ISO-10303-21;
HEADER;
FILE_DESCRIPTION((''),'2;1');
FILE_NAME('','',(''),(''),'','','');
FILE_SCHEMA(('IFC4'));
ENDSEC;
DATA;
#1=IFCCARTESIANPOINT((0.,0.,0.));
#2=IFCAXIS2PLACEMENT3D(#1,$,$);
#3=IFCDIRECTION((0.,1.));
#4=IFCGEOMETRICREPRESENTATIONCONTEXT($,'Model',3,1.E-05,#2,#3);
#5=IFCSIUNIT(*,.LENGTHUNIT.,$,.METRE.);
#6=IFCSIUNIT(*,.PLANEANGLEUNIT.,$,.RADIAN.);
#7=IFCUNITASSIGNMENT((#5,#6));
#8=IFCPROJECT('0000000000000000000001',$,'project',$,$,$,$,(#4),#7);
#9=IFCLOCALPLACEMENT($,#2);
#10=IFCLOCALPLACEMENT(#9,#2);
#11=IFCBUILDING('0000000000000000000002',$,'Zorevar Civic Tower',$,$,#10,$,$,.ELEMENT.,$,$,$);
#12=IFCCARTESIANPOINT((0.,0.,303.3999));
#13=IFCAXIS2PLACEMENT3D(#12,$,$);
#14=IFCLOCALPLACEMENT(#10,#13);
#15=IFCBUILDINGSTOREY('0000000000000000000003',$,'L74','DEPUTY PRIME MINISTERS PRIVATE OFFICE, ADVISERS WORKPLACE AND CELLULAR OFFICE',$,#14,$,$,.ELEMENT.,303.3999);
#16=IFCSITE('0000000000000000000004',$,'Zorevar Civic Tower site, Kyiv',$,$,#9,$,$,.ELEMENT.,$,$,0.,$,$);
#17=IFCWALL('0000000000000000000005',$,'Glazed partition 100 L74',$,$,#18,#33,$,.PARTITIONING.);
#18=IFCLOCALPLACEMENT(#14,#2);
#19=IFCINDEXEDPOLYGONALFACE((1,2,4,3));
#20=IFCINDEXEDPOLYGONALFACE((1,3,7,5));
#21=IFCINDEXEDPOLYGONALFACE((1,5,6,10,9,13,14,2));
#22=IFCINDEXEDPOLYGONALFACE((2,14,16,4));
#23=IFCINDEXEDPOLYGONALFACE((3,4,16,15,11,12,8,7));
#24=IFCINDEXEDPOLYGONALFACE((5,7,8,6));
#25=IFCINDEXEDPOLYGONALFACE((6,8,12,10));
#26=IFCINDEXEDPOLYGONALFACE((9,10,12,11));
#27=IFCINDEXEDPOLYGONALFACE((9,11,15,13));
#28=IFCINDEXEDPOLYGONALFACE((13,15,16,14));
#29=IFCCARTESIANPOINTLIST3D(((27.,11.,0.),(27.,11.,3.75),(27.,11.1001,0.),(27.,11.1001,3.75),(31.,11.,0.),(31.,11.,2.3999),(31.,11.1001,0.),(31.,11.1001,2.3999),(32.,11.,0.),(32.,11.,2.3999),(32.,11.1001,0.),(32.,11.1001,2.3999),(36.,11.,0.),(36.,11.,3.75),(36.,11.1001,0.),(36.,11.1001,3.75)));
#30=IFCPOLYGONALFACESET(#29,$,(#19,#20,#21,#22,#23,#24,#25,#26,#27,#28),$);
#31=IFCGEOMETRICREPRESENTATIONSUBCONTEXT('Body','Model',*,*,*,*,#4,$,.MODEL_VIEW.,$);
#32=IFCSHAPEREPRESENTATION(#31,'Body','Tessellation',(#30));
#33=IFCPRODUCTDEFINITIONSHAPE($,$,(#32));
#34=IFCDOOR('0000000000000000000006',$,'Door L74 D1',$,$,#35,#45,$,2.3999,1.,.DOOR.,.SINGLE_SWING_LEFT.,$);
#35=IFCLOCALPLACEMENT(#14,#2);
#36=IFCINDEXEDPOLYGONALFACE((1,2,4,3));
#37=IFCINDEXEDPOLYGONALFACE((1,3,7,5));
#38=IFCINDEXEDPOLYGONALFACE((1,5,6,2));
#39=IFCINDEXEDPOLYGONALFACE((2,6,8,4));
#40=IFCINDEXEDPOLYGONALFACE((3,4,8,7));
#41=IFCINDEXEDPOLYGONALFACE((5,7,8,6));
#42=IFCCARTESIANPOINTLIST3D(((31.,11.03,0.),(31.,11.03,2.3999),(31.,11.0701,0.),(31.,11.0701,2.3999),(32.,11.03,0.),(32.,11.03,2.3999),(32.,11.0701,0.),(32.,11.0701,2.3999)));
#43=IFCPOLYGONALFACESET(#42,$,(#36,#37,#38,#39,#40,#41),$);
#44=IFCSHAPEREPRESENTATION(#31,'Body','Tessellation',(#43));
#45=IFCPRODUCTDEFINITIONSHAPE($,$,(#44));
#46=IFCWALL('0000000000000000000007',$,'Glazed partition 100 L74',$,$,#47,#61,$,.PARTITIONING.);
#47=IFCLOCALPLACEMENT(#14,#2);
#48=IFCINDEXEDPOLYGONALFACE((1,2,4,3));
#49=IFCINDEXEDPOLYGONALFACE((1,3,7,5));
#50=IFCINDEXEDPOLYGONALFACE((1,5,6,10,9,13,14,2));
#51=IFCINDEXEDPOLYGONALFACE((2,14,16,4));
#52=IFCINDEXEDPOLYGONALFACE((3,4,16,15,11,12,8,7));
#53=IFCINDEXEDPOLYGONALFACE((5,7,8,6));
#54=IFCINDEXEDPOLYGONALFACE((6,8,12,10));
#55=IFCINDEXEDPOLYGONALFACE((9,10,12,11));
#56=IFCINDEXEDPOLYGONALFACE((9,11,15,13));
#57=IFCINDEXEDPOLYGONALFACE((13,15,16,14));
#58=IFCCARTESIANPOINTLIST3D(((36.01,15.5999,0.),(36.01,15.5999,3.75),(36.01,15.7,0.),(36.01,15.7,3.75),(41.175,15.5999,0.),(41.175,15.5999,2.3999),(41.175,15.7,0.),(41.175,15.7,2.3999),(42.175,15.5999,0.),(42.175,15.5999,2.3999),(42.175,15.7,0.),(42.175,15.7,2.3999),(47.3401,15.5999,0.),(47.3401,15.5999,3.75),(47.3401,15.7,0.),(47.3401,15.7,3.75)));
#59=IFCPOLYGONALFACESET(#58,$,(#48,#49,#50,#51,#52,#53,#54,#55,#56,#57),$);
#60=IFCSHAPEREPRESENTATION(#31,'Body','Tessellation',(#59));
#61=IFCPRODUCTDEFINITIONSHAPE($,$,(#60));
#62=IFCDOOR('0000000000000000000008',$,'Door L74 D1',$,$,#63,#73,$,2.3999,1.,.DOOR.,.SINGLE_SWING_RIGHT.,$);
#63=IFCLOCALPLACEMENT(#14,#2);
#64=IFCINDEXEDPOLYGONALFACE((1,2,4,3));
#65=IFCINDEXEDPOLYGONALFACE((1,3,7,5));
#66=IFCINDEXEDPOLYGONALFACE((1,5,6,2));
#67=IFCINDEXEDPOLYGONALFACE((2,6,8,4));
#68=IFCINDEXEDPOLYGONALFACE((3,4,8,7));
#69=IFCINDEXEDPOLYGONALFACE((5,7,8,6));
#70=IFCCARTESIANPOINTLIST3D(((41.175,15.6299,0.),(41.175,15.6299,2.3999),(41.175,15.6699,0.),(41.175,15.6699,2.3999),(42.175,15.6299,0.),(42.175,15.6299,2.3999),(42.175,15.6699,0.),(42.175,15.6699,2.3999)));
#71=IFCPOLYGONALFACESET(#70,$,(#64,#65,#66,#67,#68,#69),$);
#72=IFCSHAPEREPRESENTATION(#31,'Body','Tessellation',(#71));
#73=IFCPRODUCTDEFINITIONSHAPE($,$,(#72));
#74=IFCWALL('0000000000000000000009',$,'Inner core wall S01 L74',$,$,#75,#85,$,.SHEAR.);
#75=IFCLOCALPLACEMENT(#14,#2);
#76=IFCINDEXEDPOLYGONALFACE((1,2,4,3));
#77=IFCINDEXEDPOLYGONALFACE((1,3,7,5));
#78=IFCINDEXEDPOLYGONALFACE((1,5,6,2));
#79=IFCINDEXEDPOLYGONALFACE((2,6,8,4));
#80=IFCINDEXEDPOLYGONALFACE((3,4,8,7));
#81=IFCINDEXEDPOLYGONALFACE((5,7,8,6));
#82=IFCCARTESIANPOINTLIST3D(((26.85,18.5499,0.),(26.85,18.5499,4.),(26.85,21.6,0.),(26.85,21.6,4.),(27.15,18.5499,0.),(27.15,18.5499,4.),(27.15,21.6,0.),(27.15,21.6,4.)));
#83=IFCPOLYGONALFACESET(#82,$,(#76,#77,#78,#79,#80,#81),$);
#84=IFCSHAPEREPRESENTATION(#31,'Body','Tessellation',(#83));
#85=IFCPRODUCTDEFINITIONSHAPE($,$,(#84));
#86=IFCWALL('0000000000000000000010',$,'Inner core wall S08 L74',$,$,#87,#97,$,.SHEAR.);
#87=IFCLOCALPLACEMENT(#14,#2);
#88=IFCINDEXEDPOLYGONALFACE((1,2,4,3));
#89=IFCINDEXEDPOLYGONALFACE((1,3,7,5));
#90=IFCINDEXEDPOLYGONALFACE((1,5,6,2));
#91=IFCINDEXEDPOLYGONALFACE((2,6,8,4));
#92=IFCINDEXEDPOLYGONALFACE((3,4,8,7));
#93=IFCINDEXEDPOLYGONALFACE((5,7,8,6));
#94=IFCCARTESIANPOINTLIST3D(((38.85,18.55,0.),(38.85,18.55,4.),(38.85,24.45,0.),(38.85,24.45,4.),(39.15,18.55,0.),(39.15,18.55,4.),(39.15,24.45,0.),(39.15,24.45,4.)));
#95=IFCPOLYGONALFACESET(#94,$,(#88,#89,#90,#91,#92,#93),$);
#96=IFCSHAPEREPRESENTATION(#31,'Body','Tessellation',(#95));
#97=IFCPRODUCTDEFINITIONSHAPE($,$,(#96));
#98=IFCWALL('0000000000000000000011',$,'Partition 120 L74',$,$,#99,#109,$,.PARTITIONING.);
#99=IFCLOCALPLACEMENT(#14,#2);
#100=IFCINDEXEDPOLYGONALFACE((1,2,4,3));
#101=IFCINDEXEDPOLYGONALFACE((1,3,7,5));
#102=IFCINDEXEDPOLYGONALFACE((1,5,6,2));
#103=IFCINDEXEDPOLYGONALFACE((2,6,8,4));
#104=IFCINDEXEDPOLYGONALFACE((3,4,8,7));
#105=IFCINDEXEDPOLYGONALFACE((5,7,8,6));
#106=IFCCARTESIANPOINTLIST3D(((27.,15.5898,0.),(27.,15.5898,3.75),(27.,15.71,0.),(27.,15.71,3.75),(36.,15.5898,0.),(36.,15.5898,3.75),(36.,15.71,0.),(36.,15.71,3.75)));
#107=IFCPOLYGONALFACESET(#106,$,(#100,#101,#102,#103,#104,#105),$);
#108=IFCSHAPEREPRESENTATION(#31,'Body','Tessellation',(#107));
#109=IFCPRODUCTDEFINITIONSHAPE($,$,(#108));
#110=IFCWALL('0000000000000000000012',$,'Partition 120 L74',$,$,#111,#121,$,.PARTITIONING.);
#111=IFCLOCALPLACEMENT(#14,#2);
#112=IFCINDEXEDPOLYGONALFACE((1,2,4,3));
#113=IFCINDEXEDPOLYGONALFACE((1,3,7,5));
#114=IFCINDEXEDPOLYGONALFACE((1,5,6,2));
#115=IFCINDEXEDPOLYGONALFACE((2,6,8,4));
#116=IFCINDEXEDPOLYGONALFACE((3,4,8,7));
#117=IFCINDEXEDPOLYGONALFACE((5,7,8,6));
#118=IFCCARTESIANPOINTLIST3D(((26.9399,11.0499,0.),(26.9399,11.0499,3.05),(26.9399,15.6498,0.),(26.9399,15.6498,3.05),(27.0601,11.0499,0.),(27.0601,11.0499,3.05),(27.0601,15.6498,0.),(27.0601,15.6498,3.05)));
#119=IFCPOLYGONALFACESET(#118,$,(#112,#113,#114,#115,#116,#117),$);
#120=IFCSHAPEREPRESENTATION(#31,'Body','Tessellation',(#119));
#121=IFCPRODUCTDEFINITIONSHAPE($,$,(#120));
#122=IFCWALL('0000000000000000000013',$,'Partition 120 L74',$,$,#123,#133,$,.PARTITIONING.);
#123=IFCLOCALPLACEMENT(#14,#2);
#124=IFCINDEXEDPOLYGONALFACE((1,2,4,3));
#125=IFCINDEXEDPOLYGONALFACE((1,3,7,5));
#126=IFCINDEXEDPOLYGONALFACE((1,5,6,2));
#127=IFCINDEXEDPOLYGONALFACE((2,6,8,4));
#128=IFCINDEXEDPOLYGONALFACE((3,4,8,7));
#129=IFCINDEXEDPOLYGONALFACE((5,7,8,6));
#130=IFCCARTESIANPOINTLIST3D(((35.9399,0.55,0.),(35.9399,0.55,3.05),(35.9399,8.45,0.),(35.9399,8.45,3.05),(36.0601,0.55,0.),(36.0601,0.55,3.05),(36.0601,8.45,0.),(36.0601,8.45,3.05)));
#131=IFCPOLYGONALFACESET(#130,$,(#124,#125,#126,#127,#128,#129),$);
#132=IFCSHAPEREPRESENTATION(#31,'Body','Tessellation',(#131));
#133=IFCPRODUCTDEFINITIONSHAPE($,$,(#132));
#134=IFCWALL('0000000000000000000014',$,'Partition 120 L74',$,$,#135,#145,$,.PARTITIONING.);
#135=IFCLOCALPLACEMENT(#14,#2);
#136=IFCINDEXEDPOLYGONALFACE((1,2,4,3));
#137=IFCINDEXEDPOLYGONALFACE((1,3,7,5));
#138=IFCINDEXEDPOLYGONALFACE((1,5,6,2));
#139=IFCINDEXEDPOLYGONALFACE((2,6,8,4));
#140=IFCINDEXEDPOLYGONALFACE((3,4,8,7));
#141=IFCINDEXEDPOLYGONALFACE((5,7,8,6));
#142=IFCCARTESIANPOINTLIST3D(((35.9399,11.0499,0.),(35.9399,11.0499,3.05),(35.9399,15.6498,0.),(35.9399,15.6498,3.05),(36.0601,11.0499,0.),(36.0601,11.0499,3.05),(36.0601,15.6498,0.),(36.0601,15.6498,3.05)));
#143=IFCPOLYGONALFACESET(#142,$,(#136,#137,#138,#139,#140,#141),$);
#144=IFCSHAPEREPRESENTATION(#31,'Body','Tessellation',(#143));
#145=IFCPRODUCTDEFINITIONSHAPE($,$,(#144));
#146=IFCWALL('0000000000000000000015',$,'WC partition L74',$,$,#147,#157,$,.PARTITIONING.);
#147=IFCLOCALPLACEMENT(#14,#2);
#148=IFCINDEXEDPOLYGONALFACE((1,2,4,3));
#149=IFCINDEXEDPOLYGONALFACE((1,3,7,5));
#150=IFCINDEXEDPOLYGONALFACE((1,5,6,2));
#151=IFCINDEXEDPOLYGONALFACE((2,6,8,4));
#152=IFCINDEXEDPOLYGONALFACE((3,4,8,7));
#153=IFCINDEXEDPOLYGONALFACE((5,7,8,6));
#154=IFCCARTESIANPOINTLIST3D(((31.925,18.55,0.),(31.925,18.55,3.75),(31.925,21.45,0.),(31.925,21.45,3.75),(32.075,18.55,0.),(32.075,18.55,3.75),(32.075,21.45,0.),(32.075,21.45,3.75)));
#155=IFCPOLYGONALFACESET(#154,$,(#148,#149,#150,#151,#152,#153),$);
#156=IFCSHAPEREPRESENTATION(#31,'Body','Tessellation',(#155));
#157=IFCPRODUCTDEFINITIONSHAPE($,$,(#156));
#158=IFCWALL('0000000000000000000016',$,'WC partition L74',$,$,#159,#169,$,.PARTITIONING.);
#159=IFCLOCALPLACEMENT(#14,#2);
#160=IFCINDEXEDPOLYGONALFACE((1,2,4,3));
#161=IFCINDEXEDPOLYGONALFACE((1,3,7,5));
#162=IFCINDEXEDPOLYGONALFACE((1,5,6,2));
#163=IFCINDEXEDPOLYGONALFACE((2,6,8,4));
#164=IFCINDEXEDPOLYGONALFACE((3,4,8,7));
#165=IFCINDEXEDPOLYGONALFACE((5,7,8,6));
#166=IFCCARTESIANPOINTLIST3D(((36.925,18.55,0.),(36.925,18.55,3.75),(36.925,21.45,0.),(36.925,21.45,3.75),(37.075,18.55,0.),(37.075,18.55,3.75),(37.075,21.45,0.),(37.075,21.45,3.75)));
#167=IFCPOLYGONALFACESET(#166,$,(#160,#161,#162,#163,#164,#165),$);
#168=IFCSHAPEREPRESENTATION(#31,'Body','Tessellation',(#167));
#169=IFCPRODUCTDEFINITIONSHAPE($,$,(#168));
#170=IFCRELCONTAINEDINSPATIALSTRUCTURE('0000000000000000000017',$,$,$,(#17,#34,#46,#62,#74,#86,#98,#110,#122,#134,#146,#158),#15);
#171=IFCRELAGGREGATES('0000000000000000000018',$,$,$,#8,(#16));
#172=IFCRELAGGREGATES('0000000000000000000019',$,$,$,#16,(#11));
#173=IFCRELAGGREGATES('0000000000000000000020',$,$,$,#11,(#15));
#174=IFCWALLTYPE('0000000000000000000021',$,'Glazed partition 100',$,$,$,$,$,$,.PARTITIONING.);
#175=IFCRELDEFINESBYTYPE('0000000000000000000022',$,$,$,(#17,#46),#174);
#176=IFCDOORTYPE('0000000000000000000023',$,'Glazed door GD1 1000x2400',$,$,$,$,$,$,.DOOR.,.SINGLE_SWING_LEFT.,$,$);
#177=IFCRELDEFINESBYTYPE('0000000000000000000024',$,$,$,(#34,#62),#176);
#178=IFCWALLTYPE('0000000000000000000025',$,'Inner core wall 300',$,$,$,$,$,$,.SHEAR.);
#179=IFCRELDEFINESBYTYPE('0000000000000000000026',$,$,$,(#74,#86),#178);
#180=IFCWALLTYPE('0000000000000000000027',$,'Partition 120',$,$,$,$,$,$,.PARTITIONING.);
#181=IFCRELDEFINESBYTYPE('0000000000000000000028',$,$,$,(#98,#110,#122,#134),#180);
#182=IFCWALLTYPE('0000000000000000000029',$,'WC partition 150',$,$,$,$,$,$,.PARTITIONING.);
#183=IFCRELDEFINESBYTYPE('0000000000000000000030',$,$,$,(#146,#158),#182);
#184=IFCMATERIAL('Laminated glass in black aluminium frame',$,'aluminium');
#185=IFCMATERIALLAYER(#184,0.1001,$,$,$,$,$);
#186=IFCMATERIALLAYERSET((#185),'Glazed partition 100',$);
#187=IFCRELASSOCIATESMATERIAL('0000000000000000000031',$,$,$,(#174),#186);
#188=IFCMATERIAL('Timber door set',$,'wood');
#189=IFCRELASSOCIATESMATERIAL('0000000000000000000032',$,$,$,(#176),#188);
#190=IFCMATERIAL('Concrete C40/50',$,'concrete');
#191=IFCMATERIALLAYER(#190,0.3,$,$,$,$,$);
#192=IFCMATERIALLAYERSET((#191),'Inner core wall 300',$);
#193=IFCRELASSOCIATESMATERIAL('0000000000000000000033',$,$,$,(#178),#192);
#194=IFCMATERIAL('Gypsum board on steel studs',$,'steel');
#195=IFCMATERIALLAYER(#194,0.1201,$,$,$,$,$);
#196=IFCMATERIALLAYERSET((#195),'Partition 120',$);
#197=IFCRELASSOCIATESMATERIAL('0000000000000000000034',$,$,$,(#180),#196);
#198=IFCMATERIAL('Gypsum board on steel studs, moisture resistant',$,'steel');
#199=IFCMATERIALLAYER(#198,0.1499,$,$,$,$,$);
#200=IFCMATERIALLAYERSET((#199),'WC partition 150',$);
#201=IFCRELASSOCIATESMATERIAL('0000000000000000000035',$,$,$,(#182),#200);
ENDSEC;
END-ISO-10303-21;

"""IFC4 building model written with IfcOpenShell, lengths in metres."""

from ifc_helpers import new_model, si_unit, direction, frame, frame_2d, origin, place, context, subcontext, project, spatial, rectangle, extrude, material, layer, layer_set, type_object, element, fill, save


model = new_model("IFC4")

# Units and contexts
model_context = context("Model", 3, precision=1e-05, world=origin(), true_north=direction((0.0, 1.0)))
body_context = subcontext(model_context, "Body", "Model", "MODEL_VIEW")
ifc_project = project(units=[si_unit("LENGTHUNIT", "METRE"), si_unit("PLANEANGLEUNIT", "RADIAN")], contexts=[model_context])

# Site, building, storey
site_placement = place(None, origin())
site = spatial("IfcSite", under=ifc_project, at=site_placement, Name="Zorevar Civic Tower site, Kyiv", CompositionType="ELEMENT", RefElevation=0.0)
building_placement = place(site_placement, origin())
building = spatial("IfcBuilding", under=site, at=building_placement, Name="Zorevar Civic Tower", CompositionType="ELEMENT")
storey_placement = place(building_placement, frame((0.0, 0.0, 303.3999)))
storey = spatial("IfcBuildingStorey", under=building, at=storey_placement, Name="L74", Description="DEPUTY PRIME MINISTERS PRIVATE OFFICE, ADVISERS WORKPLACE AND CELLULAR OFFICE", CompositionType="ELEMENT", Elevation=303.3999)

# Walls, openings, doors
ifc_material_1 = material(Name="Laminated glass in black aluminium frame", Category="aluminium")
ifc_layer_1 = layer(ifc_material_1, 0.1001)
ifc_layer_set_1 = layer_set([ifc_layer_1], Name="Glazed partition 100")
wall_type_1 = type_object("IfcWallType", Name="Glazed partition 100", PredefinedType="PARTITIONING", material=ifc_layer_set_1)
wall_1_placement = place(storey_placement, frame((27.0, 11.05, 0.0), z_axis=(0.0, 0.0, 1.0), x_axis=(1.0, 0.0, 0.0)))
wall_1 = element("IfcWall", 1, at=wall_1_placement, inside=storey, type_object=wall_type_1, Name="Glazed partition 100 L74", PredefinedType="PARTITIONING", context=body_context, shape_type="SweptSolid", body=[
    extrude(rectangle(XDim=9.0, YDim=0.1001, at=frame_2d((4.5, 0.0))), origin(), (0.0, 0.0, 1.0), 3.75),
])
opening_1_placement = place(wall_1_placement, frame((4.0, 0.0, 0.0)))
opening_1 = element("IfcOpeningElement", 2, at=opening_1_placement, cuts=wall_1, PredefinedType="OPENING", context=body_context, shape_type="SweptSolid", body=[
    extrude(rectangle(XDim=1.0, YDim=2.3999, at=frame_2d((0.5, 1.2))), frame((0.0, 0.0601, 0.0), z_axis=(0.0, -1.0, 0.0), x_axis=(1.0, 0.0, 0.0)), (0.0, 0.0, 1.0), 0.1201),
])
ifc_material_2 = material(Name="Timber door set", Category="wood")
door_type_1 = type_object("IfcDoorType", Name="Glazed door GD1 1000x2400", OperationType="SINGLE_SWING_LEFT", PredefinedType="DOOR", material=ifc_material_2)
door_1_placement = place(opening_1_placement, origin())
door_1 = element("IfcDoor", 3, at=door_1_placement, inside=storey, type_object=door_type_1, Name="Door L74 D1", OperationType="SINGLE_SWING_LEFT", OverallHeight=2.3999, OverallWidth=1.0, PredefinedType="DOOR", context=body_context, shape_type="SweptSolid", body=[
    extrude(rectangle(XDim=1.0, YDim=2.3999, at=frame_2d((0.5, 1.2))), frame((0.0, 0.02, 0.0), z_axis=(0.0, -1.0, 0.0), x_axis=(1.0, 0.0, 0.0)), (0.0, 0.0, 1.0), 0.04),
])
fill(opening_1, door_1)
wall_2_placement = place(storey_placement, frame((36.01, 15.6499, 0.0), z_axis=(0.0, 0.0, 1.0), x_axis=(1.0, 0.0, 0.0)))
wall_2 = element("IfcWall", 4, at=wall_2_placement, inside=storey, type_object=wall_type_1, Name="Glazed partition 100 L74", PredefinedType="PARTITIONING", context=body_context, shape_type="SweptSolid", body=[
    extrude(rectangle(XDim=11.3301, YDim=0.1001, at=frame_2d((5.665, 0.0))), origin(), (0.0, 0.0, 1.0), 3.75),
])
opening_2_placement = place(wall_2_placement, frame((5.165, 0.0, 0.0)))
opening_2 = element("IfcOpeningElement", 5, at=opening_2_placement, cuts=wall_2, PredefinedType="OPENING", context=body_context, shape_type="SweptSolid", body=[
    extrude(rectangle(XDim=1.0, YDim=2.3999, at=frame_2d((0.5, 1.2))), frame((0.0, 0.0601, 0.0), z_axis=(0.0, -1.0, 0.0), x_axis=(1.0, 0.0, 0.0)), (0.0, 0.0, 1.0), 0.1201),
])
door_2_placement = place(opening_2_placement, origin())
door_2 = element("IfcDoor", 6, at=door_2_placement, inside=storey, type_object=door_type_1, Name="Door L74 D1", OperationType="SINGLE_SWING_RIGHT", OverallHeight=2.3999, OverallWidth=1.0, PredefinedType="DOOR", context=body_context, shape_type="SweptSolid", body=[
    extrude(rectangle(XDim=1.0, YDim=2.3999, at=frame_2d((0.5, 1.2))), frame((0.0, 0.02, 0.0), z_axis=(0.0, -1.0, 0.0), x_axis=(1.0, 0.0, 0.0)), (0.0, 0.0, 1.0), 0.04),
])
fill(opening_2, door_2)

# Walls
ifc_material_3 = material(Name="Concrete C40/50", Category="concrete")
ifc_layer_2 = layer(ifc_material_3, 0.3)
ifc_layer_set_2 = layer_set([ifc_layer_2], Name="Inner core wall 300")
wall_type_2 = type_object("IfcWallType", Name="Inner core wall 300", PredefinedType="SHEAR", material=ifc_layer_set_2)
wall_3_placement = place(storey_placement, frame((27.0, 18.55, 0.0), z_axis=(0.0, 0.0, 1.0), x_axis=(0.0, 1.0, 0.0)))
element("IfcWall", 7, at=wall_3_placement, inside=storey, type_object=wall_type_2, Name="Inner core wall S01 L74", PredefinedType="SHEAR", context=body_context, shape_type="SweptSolid", body=[
    extrude(rectangle(XDim=3.05, YDim=0.3, at=frame_2d((1.5249, 0.0))), origin(), (0.0, 0.0, 1.0), 4.0),
])
wall_4_placement = place(storey_placement, frame((39.0, 18.55, 0.0), z_axis=(0.0, 0.0, 1.0), x_axis=(0.0, 1.0, 0.0)))
element("IfcWall", 8, at=wall_4_placement, inside=storey, type_object=wall_type_2, Name="Inner core wall S08 L74", PredefinedType="SHEAR", context=body_context, shape_type="SweptSolid", body=[
    extrude(rectangle(XDim=5.8999, YDim=0.3, at=frame_2d((2.95, 0.0))), origin(), (0.0, 0.0, 1.0), 4.0),
])

# Shared definitions
ifc_material_4 = material(Name="Gypsum board on steel studs", Category="steel")
ifc_layer_3 = layer(ifc_material_4, 0.1201)
ifc_layer_set_3 = layer_set([ifc_layer_3], Name="Partition 120")
wall_type_3 = type_object("IfcWallType", Name="Partition 120", PredefinedType="PARTITIONING", material=ifc_layer_set_3)

# Walls
wall_5_placement = place(storey_placement, frame((27.0, 15.6499, 0.0), z_axis=(0.0, 0.0, 1.0), x_axis=(1.0, 0.0, 0.0)))
element("IfcWall", 9, at=wall_5_placement, inside=storey, type_object=wall_type_3, Name="Partition 120 L74", PredefinedType="PARTITIONING", context=body_context, shape_type="SweptSolid", body=[
    extrude(rectangle(XDim=9.0, YDim=0.1201, at=frame_2d((4.5, 0.0))), origin(), (0.0, 0.0, 1.0), 3.75),
])
wall_6_placement = place(storey_placement, frame((27.0, 11.05, 0.0), z_axis=(0.0, 0.0, 1.0), x_axis=(0.0, 1.0, 0.0)))
element("IfcWall", 10, at=wall_6_placement, inside=storey, type_object=wall_type_3, Name="Partition 120 L74", PredefinedType="PARTITIONING", context=body_context, shape_type="SweptSolid", body=[
    extrude(rectangle(XDim=4.5999, YDim=0.1201, at=frame_2d((2.2998, 0.0))), origin(), (0.0, 0.0, 1.0), 3.05),
])
wall_7_placement = place(storey_placement, frame((36.0, 0.55, 0.0), z_axis=(0.0, 0.0, 1.0), x_axis=(0.0, 1.0, 0.0)))
element("IfcWall", 11, at=wall_7_placement, inside=storey, type_object=wall_type_3, Name="Partition 120 L74", PredefinedType="PARTITIONING", context=body_context, shape_type="SweptSolid", body=[
    extrude(rectangle(XDim=7.8999, YDim=0.1201, at=frame_2d((3.95, 0.0))), origin(), (0.0, 0.0, 1.0), 3.05),
])
wall_8_placement = place(storey_placement, frame((36.0, 11.05, 0.0), z_axis=(0.0, 0.0, 1.0), x_axis=(0.0, 1.0, 0.0)))
element("IfcWall", 12, at=wall_8_placement, inside=storey, type_object=wall_type_3, Name="Partition 120 L74", PredefinedType="PARTITIONING", context=body_context, shape_type="SweptSolid", body=[
    extrude(rectangle(XDim=4.5999, YDim=0.1201, at=frame_2d((2.2998, 0.0))), origin(), (0.0, 0.0, 1.0), 3.05),
])
ifc_material_5 = material(Name="Gypsum board on steel studs, moisture resistant", Category="steel")
ifc_layer_4 = layer(ifc_material_5, 0.1499)
ifc_layer_set_4 = layer_set([ifc_layer_4], Name="WC partition 150")
wall_type_4 = type_object("IfcWallType", Name="WC partition 150", PredefinedType="PARTITIONING", material=ifc_layer_set_4)
for number, where, z_axis, x_axis, name in (
    (13, (32.0, 18.55, 0.0), (0.0, 0.0, 1.0), (0.0, 1.0, 0.0), "WC partition L74"),
    (14, (37.0, 18.55, 0.0), (0.0, 0.0, 1.0), (0.0, 1.0, 0.0), "WC partition L74"),
):
    element("IfcWall", number, at=place(storey_placement, frame(where, z_axis=z_axis, x_axis=x_axis)), inside=storey, type_object=wall_type_4, Name=name, PredefinedType="PARTITIONING", context=body_context, shape_type="SweptSolid", body=[
        extrude(rectangle(XDim=2.8999, YDim=0.1499, at=frame_2d((1.45, 0.0))), origin(), (0.0, 0.0, 1.0), 3.75),
    ])

save(model, "model.ifc")
